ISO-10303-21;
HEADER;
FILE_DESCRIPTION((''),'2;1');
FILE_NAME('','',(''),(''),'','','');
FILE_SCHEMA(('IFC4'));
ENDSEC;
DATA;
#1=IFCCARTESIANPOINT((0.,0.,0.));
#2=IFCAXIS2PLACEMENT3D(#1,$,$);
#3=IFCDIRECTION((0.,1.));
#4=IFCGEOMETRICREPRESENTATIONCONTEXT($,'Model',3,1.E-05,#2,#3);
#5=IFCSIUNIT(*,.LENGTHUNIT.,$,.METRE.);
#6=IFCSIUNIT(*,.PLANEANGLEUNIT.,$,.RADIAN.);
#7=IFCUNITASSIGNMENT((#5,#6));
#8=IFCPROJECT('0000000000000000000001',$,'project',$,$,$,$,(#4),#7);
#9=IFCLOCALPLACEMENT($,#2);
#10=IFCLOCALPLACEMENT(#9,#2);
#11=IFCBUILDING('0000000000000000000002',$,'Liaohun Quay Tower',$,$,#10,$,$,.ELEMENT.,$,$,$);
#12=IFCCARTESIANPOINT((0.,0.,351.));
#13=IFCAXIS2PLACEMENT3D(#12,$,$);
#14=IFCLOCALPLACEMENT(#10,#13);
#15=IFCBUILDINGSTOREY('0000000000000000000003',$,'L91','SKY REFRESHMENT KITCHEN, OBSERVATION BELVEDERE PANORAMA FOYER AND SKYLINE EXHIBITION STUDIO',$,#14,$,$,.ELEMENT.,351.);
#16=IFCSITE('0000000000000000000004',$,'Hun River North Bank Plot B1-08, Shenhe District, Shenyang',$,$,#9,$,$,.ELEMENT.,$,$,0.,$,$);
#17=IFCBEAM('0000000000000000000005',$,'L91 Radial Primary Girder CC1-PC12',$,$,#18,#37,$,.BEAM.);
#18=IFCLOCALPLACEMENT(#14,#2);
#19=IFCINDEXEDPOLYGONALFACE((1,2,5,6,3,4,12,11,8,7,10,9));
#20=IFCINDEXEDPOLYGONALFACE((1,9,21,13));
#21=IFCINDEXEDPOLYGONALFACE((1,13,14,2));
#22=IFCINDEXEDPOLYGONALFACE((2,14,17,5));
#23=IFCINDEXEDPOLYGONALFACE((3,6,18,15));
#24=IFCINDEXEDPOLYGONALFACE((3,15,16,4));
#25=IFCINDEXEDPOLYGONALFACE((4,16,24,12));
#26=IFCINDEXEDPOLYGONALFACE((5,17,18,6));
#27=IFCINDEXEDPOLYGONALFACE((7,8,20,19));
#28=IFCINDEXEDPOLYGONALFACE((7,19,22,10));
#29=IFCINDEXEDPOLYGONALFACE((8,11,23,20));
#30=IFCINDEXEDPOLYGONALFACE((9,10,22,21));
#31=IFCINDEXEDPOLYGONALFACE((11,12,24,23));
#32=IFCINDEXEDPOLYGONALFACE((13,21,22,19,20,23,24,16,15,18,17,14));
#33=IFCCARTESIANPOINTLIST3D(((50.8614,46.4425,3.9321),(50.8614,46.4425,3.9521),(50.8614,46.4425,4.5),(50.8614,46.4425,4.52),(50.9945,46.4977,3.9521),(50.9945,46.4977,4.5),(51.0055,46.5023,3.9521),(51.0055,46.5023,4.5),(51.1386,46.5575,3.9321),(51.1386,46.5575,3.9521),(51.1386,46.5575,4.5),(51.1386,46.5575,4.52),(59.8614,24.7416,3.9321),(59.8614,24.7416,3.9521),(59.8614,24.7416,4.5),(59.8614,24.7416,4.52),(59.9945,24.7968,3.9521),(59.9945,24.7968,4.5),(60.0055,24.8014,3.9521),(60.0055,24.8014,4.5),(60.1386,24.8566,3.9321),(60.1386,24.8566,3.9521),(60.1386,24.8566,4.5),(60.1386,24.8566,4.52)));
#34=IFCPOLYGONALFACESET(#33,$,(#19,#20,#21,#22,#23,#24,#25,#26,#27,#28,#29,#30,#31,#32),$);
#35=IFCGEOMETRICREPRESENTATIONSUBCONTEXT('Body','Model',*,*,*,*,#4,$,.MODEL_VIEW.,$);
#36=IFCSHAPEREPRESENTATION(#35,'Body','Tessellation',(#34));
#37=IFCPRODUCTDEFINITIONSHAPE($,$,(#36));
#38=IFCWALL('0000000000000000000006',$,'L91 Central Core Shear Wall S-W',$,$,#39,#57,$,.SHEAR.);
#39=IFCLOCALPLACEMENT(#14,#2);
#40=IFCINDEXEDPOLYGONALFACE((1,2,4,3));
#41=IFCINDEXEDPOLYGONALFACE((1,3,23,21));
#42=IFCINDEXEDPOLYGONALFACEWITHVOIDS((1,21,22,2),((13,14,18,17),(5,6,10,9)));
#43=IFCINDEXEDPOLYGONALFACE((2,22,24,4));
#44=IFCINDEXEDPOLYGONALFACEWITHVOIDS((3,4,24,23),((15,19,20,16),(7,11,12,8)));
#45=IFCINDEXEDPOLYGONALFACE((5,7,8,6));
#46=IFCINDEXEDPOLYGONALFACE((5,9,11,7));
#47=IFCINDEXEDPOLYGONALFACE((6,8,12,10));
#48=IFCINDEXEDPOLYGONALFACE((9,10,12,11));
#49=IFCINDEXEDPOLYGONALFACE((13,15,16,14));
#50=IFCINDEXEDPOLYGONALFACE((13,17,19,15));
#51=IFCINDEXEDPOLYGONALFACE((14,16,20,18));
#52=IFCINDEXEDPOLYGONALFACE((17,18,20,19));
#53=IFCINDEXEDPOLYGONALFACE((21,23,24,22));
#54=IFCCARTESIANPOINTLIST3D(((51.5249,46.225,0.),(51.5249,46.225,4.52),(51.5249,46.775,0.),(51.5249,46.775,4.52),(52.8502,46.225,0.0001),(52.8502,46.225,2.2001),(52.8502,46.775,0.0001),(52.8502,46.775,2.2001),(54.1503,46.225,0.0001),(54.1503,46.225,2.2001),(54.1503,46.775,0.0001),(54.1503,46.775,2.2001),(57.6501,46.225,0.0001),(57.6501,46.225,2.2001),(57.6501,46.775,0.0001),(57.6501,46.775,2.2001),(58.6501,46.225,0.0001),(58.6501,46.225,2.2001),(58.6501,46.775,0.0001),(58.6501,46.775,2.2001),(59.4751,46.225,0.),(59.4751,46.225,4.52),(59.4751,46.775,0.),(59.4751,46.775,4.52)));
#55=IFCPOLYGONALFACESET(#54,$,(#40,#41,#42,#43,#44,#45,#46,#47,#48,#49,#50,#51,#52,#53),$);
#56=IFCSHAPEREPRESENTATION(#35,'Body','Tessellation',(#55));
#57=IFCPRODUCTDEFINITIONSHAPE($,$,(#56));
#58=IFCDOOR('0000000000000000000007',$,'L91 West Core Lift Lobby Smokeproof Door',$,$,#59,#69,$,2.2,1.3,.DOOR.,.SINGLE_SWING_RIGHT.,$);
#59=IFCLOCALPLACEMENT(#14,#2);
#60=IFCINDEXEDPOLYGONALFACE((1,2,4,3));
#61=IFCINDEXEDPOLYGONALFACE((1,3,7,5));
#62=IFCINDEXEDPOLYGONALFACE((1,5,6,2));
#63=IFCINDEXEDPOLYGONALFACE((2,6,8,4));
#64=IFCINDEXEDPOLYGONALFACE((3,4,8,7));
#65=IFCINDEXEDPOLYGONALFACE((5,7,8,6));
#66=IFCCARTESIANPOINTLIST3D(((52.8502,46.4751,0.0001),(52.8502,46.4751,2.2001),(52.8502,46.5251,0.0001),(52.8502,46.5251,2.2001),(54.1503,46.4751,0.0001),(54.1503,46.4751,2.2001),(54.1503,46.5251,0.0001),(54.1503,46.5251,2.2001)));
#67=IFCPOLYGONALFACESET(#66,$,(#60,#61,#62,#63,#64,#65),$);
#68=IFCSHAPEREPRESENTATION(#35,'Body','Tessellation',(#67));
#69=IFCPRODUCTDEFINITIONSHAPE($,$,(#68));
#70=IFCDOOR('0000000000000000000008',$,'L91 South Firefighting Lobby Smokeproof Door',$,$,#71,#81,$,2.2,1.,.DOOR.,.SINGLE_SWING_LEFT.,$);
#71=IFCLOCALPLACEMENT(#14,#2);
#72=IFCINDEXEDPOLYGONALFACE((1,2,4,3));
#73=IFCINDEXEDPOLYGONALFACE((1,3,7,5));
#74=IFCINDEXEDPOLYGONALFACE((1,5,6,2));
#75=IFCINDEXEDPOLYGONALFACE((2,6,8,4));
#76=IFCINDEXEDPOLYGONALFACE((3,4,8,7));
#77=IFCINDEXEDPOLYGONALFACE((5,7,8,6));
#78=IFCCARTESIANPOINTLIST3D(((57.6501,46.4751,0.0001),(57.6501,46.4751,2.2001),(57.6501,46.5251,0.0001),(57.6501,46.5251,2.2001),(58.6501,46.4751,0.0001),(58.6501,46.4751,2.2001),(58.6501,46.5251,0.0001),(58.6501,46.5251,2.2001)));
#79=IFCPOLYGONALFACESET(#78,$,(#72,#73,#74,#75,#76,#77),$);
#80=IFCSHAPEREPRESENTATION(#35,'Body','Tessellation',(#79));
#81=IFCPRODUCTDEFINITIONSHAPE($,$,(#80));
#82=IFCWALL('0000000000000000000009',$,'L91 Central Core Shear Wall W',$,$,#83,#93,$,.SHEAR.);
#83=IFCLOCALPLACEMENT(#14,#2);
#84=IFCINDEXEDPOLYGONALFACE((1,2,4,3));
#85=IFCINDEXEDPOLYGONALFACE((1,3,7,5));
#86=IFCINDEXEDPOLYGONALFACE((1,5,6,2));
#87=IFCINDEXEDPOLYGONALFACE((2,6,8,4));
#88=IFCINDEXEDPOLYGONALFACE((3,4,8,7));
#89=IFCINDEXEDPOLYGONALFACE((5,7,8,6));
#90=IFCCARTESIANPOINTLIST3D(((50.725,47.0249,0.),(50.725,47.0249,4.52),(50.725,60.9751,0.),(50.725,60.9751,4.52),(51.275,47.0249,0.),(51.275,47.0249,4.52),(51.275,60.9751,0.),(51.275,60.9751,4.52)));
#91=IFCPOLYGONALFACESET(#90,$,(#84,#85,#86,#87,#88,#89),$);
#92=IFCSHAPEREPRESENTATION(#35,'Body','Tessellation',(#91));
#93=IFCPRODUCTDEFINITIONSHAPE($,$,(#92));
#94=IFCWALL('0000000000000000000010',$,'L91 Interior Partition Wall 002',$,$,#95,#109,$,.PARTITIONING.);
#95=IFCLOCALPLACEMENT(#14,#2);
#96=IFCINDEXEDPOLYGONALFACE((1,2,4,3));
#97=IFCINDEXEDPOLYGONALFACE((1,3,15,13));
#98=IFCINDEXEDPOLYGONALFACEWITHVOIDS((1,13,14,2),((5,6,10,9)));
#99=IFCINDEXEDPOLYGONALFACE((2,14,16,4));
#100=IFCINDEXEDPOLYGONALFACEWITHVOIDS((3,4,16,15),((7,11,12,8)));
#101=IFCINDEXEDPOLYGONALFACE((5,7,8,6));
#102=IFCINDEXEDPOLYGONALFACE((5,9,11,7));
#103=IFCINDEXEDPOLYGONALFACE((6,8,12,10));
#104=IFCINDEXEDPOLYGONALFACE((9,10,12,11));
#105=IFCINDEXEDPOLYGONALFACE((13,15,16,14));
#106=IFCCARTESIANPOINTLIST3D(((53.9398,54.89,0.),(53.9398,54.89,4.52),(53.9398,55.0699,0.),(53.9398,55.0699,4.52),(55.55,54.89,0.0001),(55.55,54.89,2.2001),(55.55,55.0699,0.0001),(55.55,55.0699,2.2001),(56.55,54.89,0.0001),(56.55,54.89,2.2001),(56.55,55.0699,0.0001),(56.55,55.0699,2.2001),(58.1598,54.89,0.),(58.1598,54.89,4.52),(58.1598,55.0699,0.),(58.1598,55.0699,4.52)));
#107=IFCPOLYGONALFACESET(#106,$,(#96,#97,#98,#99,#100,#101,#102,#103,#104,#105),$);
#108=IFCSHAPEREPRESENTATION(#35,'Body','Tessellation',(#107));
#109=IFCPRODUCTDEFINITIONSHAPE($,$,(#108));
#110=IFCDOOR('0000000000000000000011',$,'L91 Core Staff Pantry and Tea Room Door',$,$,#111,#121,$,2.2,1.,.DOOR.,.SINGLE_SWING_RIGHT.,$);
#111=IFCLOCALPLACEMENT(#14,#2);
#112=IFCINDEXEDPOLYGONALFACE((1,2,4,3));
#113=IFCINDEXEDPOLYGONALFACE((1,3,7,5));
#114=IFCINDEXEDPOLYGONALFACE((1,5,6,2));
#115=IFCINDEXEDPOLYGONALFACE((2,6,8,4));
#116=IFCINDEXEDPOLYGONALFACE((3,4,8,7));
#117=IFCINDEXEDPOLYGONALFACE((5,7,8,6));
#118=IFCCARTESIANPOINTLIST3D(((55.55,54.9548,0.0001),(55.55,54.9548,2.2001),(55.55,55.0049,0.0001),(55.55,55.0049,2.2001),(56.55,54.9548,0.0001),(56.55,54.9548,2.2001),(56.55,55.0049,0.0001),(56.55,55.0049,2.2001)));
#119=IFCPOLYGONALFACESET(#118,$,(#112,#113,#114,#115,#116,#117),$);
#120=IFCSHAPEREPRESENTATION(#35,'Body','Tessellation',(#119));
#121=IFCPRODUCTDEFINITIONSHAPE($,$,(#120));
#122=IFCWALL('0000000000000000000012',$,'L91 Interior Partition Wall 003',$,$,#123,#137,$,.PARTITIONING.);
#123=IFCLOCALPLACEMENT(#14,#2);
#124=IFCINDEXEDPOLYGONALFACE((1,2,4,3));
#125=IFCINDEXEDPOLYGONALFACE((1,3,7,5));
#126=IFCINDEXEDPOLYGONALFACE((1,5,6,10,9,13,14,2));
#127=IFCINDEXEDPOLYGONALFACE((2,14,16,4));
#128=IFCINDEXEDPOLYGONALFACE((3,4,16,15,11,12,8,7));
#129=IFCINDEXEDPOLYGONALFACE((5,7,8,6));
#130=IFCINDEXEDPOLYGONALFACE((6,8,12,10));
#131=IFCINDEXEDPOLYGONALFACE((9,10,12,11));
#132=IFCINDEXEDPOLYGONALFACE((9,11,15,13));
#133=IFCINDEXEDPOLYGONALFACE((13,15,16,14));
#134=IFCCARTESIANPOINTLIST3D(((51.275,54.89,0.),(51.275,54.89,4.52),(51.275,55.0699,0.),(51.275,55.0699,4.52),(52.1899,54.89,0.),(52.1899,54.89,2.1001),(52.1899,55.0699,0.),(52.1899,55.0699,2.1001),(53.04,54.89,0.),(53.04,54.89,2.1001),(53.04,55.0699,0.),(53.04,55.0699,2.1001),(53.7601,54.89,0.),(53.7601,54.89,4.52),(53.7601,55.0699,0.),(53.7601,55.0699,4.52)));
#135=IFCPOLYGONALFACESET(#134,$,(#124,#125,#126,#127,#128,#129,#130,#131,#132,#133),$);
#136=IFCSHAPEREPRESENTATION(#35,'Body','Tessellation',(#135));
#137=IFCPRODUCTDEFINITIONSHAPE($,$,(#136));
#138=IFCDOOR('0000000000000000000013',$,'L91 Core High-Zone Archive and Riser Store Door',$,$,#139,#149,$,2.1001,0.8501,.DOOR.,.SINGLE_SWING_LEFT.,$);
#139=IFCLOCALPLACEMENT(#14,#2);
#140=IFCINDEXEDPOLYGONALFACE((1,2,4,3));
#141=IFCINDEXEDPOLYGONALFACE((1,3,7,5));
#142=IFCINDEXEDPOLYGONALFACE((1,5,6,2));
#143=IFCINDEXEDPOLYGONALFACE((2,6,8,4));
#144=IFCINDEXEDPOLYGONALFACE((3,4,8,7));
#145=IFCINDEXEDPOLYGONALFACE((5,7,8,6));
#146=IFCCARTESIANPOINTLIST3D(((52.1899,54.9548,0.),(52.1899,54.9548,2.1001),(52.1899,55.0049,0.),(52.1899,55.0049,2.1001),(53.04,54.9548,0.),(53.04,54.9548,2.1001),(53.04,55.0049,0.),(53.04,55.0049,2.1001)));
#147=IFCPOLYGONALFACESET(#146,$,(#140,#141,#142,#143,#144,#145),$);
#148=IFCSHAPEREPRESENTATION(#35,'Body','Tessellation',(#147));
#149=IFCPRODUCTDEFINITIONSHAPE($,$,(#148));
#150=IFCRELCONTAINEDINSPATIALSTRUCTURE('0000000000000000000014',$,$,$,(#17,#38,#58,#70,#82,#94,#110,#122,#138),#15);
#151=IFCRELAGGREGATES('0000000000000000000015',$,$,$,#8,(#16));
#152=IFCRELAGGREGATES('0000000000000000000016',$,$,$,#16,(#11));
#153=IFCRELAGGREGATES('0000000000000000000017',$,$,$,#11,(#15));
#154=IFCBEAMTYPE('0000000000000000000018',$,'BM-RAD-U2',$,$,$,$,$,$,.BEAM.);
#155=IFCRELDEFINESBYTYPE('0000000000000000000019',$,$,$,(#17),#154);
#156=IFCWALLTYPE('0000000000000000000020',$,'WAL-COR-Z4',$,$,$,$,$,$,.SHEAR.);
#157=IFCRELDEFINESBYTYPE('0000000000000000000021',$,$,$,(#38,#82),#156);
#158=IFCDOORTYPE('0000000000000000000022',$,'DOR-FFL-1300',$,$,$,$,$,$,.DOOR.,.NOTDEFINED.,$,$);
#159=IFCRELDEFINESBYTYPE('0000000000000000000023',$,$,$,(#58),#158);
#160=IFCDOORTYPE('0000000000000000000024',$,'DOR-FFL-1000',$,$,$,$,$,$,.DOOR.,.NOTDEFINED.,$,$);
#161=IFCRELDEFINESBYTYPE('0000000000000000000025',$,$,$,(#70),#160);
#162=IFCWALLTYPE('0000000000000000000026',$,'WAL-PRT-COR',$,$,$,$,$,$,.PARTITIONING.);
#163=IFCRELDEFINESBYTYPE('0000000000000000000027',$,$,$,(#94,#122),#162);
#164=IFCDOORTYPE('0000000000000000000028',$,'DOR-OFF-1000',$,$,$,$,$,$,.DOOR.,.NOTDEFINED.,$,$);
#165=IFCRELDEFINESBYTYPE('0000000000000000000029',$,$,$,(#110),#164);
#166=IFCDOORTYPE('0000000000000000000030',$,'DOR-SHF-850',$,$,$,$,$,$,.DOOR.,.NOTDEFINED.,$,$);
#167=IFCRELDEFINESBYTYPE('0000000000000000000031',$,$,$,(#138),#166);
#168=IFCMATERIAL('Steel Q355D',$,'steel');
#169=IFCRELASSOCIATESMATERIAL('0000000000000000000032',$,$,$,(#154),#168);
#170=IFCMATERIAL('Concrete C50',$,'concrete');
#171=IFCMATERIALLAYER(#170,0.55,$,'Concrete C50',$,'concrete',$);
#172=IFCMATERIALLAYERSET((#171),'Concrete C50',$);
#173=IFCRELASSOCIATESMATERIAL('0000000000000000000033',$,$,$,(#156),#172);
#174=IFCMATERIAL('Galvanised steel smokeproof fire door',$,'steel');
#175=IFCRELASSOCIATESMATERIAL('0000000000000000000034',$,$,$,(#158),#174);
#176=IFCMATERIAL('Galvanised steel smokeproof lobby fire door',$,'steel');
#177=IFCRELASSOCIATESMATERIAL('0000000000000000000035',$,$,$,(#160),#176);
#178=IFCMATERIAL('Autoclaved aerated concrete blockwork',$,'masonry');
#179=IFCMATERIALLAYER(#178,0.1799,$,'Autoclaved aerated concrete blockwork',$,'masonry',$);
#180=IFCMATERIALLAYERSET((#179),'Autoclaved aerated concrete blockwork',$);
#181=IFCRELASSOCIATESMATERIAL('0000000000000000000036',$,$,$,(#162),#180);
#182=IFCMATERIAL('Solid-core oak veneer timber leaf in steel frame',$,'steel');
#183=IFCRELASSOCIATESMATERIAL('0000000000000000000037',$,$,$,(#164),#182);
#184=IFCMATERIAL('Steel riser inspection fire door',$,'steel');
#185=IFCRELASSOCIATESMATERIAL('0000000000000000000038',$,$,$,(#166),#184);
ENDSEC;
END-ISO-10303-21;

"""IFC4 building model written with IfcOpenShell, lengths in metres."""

from ifc_helpers import new_model, si_unit, direction, frame, frame_2d, origin, origin_2d, place, context, subcontext, project, spatial, rectangle, i_section, extrude, source, transform, mapped, material, layer, layer_set, material_profile, profile_set, type_object, element, fill, save


model = new_model("IFC4")

# Units and contexts
model_context = context("Model", 3, precision=1e-05, world=origin(), true_north=direction((0.0, 1.0)))
body_context = subcontext(model_context, "Body", "Model", "MODEL_VIEW")
ifc_project = project(units=[si_unit("LENGTHUNIT", "METRE"), si_unit("PLANEANGLEUNIT", "RADIAN")], contexts=[model_context])

# Site, building, storey
site_placement = place(None, origin())
site = spatial("IfcSite", under=ifc_project, at=site_placement, Name="Hun River North Bank Plot B1-08, Shenhe District, Shenyang", CompositionType="ELEMENT", RefElevation=0.0)
building_placement = place(site_placement, origin())
building = spatial("IfcBuilding", under=site, at=building_placement, Name="Liaohun Quay Tower", CompositionType="ELEMENT")
storey_placement = place(building_placement, frame((0.0, 0.0, 351.0)))
storey = spatial("IfcBuildingStorey", under=building, at=storey_placement, Name="L91", Description="SKY REFRESHMENT KITCHEN, OBSERVATION BELVEDERE PANORAMA FOYER AND SKYLINE EXHIBITION STUDIO", CompositionType="ELEMENT", Elevation=351.0)

# Beam
ifc_material_1 = material(Name="Steel Q355D", Category="steel")
ifc_material_profile = material_profile(ifc_material_1, i_section(OverallWidth=0.3, OverallDepth=0.5879, WebThickness=0.012, FlangeThickness=0.02, at=origin_2d()), Name="HM588x300x12x20")
ifc_profile_set = profile_set([ifc_material_profile], Name="Steel Q355D")
beam_type = type_object("IfcBeamType", Name="BM-RAD-U2", PredefinedType="BEAM", material=ifc_profile_set)
shared_shape_1 = source(origin(), body_context, "Body", "SweptSolid", [
    extrude(i_section(OverallWidth=0.3, OverallDepth=0.5879, WebThickness=0.012, FlangeThickness=0.02, at=origin_2d()), origin(), (0.0, 0.0, 1.0), 23.4932),
])
beam_placement = place(storey_placement, frame((51.0, 46.5, 4.2261), z_axis=(0.38309, -0.923711, 0.0), x_axis=(0.923711, 0.38309, 0.0)))
element("IfcBeam", 1, at=beam_placement, inside=storey, type_object=beam_type, Name="L91 Radial Primary Girder CC1-PC12", PredefinedType="BEAM", context=body_context, shape_type="MappedRepresentation", body=[
    mapped(shared_shape_1, transform((0.0, 0.0, 0.0), x_axis=(1.0, 0.0, 0.0), y_axis=(0.0, 1.0, 0.0), z_axis=(0.0, 0.0, 1.0), scale=1.0)),
])

# Wall, openings, doors
ifc_material_2 = material(Name="Concrete C50", Category="concrete")
ifc_layer_1 = layer(ifc_material_2, 0.55, Name="Concrete C50", Category="concrete")
ifc_layer_set_1 = layer_set([ifc_layer_1], Name="Concrete C50")
wall_type_1 = type_object("IfcWallType", Name="WAL-COR-Z4", PredefinedType="SHEAR", material=ifc_layer_set_1)
wall_1_placement = place(storey_placement, frame((59.4751, 46.5, 0.0), z_axis=(0.0, 0.0, 1.0), x_axis=(-1.0, 0.0, 0.0)))
wall_1 = element("IfcWall", 2, at=wall_1_placement, inside=storey, type_object=wall_type_1, Name="L91 Central Core Shear Wall S-W", PredefinedType="SHEAR", context=body_context, shape_type="SweptSolid", body=[
    extrude(rectangle(XDim=7.9502, YDim=0.55, at=frame_2d((3.9751, 0.0))), origin(), (0.0, 0.0, 1.0), 4.52),
])
shared_shape_2 = source(origin(), body_context, "Body", "SweptSolid", [
    extrude(rectangle(XDim=1.3, YDim=2.2, at=frame_2d((0.6499, 1.1001))), frame((0.0, 0.2849, 0.0), z_axis=(0.0, -1.0, 0.0), x_axis=(1.0, 0.0, 0.0)), (0.0, 0.0, 1.0), 0.5701),
])
opening_1_placement = place(wall_1_placement, frame((5.325, 0.0, 0.0)))
opening_1 = element("IfcOpeningElement", 3, at=opening_1_placement, cuts=wall_1, PredefinedType="OPENING", context=body_context, shape_type="MappedRepresentation", body=[
    mapped(shared_shape_2, transform((0.0, 0.0, 0.0), x_axis=(1.0, 0.0, 0.0), y_axis=(0.0, 1.0, 0.0), z_axis=(0.0, 0.0, 1.0), scale=1.0)),
])
shared_shape_3 = source(origin(), body_context, "Body", "SweptSolid", [
    extrude(rectangle(XDim=1.0, YDim=2.2, at=frame_2d((0.5, 1.1001))), frame((0.0, 0.2849, 0.0), z_axis=(0.0, -1.0, 0.0), x_axis=(1.0, 0.0, 0.0)), (0.0, 0.0, 1.0), 0.5701),
])
opening_2_placement = place(wall_1_placement, frame((0.825, 0.0, 0.0)))
opening_2 = element("IfcOpeningElement", 4, at=opening_2_placement, cuts=wall_1, PredefinedType="OPENING", context=body_context, shape_type="MappedRepresentation", body=[
    mapped(shared_shape_3, transform((0.0, 0.0, 0.0), x_axis=(1.0, 0.0, 0.0), y_axis=(0.0, 1.0, 0.0), z_axis=(0.0, 0.0, 1.0), scale=1.0)),
])
ifc_material_3 = material(Name="Galvanised steel smokeproof fire door", Category="steel")
door_type_1 = type_object("IfcDoorType", Name="DOR-FFL-1300", OperationType="NOTDEFINED", PredefinedType="DOOR", material=ifc_material_3)
shared_shape_4 = source(origin(), body_context, "Body", "SweptSolid", [
    extrude(rectangle(XDim=1.3, YDim=2.2, at=frame_2d((0.6499, 1.1001))), frame((0.0, 0.0249, 0.0), z_axis=(0.0, -1.0, 0.0), x_axis=(1.0, 0.0, 0.0)), (0.0, 0.0, 1.0), 0.05),
])
door_1_placement = place(opening_1_placement, origin())
door_1 = element("IfcDoor", 5, at=door_1_placement, inside=storey, type_object=door_type_1, Name="L91 West Core Lift Lobby Smokeproof Door", OperationType="SINGLE_SWING_RIGHT", OverallHeight=2.2, OverallWidth=1.3, PredefinedType="DOOR", context=body_context, shape_type="MappedRepresentation", body=[
    mapped(shared_shape_4, transform((0.0, 0.0, 0.0), x_axis=(1.0, 0.0, 0.0), y_axis=(0.0, 1.0, 0.0), z_axis=(0.0, 0.0, 1.0), scale=1.0)),
])
fill(opening_1, door_1)
ifc_material_4 = material(Name="Galvanised steel smokeproof lobby fire door", Category="steel")
door_type_2 = type_object("IfcDoorType", Name="DOR-FFL-1000", OperationType="NOTDEFINED", PredefinedType="DOOR", material=ifc_material_4)
shared_shape_5 = source(origin(), body_context, "Body", "SweptSolid", [
    extrude(rectangle(XDim=1.0, YDim=2.2, at=frame_2d((0.5, 1.1001))), frame((0.0, 0.0249, 0.0), z_axis=(0.0, -1.0, 0.0), x_axis=(1.0, 0.0, 0.0)), (0.0, 0.0, 1.0), 0.05),
])
door_2_placement = place(opening_2_placement, origin())
door_2 = element("IfcDoor", 6, at=door_2_placement, inside=storey, type_object=door_type_2, Name="L91 South Firefighting Lobby Smokeproof Door", OperationType="SINGLE_SWING_LEFT", OverallHeight=2.2, OverallWidth=1.0, PredefinedType="DOOR", context=body_context, shape_type="MappedRepresentation", body=[
    mapped(shared_shape_5, transform((0.0, 0.0, 0.0), x_axis=(1.0, 0.0, 0.0), y_axis=(0.0, 1.0, 0.0), z_axis=(0.0, 0.0, 1.0), scale=1.0)),
])
fill(opening_2, door_2)

# Wall
wall_2_placement = place(storey_placement, frame((51.0, 47.0249, 0.0), z_axis=(0.0, 0.0, 1.0), x_axis=(0.0, 1.0, 0.0)))
element("IfcWall", 7, at=wall_2_placement, inside=storey, type_object=wall_type_1, Name="L91 Central Core Shear Wall W", PredefinedType="SHEAR", context=body_context, shape_type="SweptSolid", body=[
    extrude(rectangle(XDim=13.9502, YDim=0.55, at=frame_2d((6.9751, 0.0))), origin(), (0.0, 0.0, 1.0), 4.52),
])

# Walls, openings, doors
ifc_material_5 = material(Name="Autoclaved aerated concrete blockwork", Category="masonry")
ifc_layer_2 = layer(ifc_material_5, 0.1799, Name="Autoclaved aerated concrete blockwork", Category="masonry")
ifc_layer_set_2 = layer_set([ifc_layer_2], Name="Autoclaved aerated concrete blockwork")
wall_type_2 = type_object("IfcWallType", Name="WAL-PRT-COR", PredefinedType="PARTITIONING", material=ifc_layer_set_2)
wall_3_placement = place(storey_placement, frame((53.9399, 54.98, 0.0), z_axis=(0.0, 0.0, 1.0), x_axis=(1.0, 0.0, 0.0)))
wall_3 = element("IfcWall", 8, at=wall_3_placement, inside=storey, type_object=wall_type_2, Name="L91 Interior Partition Wall 002", PredefinedType="PARTITIONING", context=body_context, shape_type="SweptSolid", body=[
    extrude(rectangle(XDim=4.22, YDim=0.1799, at=frame_2d((2.1099, 0.0))), origin(), (0.0, 0.0, 1.0), 4.52),
])
shared_shape_6 = source(origin(), body_context, "Body", "SweptSolid", [
    extrude(rectangle(XDim=1.0, YDim=2.2, at=frame_2d((0.5, 1.1001))), frame((0.0, 0.0999, 0.0), z_axis=(0.0, -1.0, 0.0), x_axis=(1.0, 0.0, 0.0)), (0.0, 0.0, 1.0), 0.2),
])
opening_3_placement = place(wall_3_placement, frame((1.6101, 0.0, 0.0)))
opening_3 = element("IfcOpeningElement", 9, at=opening_3_placement, cuts=wall_3, PredefinedType="OPENING", context=body_context, shape_type="MappedRepresentation", body=[
    mapped(shared_shape_6, transform((0.0, 0.0, 0.0), x_axis=(1.0, 0.0, 0.0), y_axis=(0.0, 1.0, 0.0), z_axis=(0.0, 0.0, 1.0), scale=1.0)),
])
ifc_material_6 = material(Name="Solid-core oak veneer timber leaf in steel frame", Category="steel")
door_type_3 = type_object("IfcDoorType", Name="DOR-OFF-1000", OperationType="NOTDEFINED", PredefinedType="DOOR", material=ifc_material_6)
door_3_placement = place(opening_3_placement, origin())
door_3 = element("IfcDoor", 10, at=door_3_placement, inside=storey, type_object=door_type_3, Name="L91 Core Staff Pantry and Tea Room Door", OperationType="SINGLE_SWING_RIGHT", OverallHeight=2.2, OverallWidth=1.0, PredefinedType="DOOR", context=body_context, shape_type="MappedRepresentation", body=[
    mapped(shared_shape_5, transform((0.0, 0.0, 0.0), x_axis=(1.0, 0.0, 0.0), y_axis=(0.0, 1.0, 0.0), z_axis=(0.0, 0.0, 1.0), scale=1.0)),
])
fill(opening_3, door_3)
wall_4_placement = place(storey_placement, frame((51.2749, 54.98, 0.0), z_axis=(0.0, 0.0, 1.0), x_axis=(1.0, 0.0, 0.0)))
wall_4 = element("IfcWall", 11, at=wall_4_placement, inside=storey, type_object=wall_type_2, Name="L91 Interior Partition Wall 003", PredefinedType="PARTITIONING", context=body_context, shape_type="SweptSolid", body=[
    extrude(rectangle(XDim=2.4851, YDim=0.1799, at=frame_2d((1.2427, 0.0))), origin(), (0.0, 0.0, 1.0), 4.52),
])
shared_shape_7 = source(origin(), body_context, "Body", "SweptSolid", [
    extrude(rectangle(XDim=0.8501, YDim=2.1001, at=frame_2d((0.425, 1.05))), frame((0.0, 0.0999, 0.0), z_axis=(0.0, -1.0, 0.0), x_axis=(1.0, 0.0, 0.0)), (0.0, 0.0, 1.0), 0.2),
])
opening_4_placement = place(wall_4_placement, frame((0.915, 0.0, 0.0)))
opening_4 = element("IfcOpeningElement", 12, at=opening_4_placement, cuts=wall_4, PredefinedType="OPENING", context=body_context, shape_type="MappedRepresentation", body=[
    mapped(shared_shape_7, transform((0.0, 0.0, 0.0), x_axis=(1.0, 0.0, 0.0), y_axis=(0.0, 1.0, 0.0), z_axis=(0.0, 0.0, 1.0), scale=1.0)),
])
ifc_material_7 = material(Name="Steel riser inspection fire door", Category="steel")
door_type_4 = type_object("IfcDoorType", Name="DOR-SHF-850", OperationType="NOTDEFINED", PredefinedType="DOOR", material=ifc_material_7)
shared_shape_8 = source(origin(), body_context, "Body", "SweptSolid", [
    extrude(rectangle(XDim=0.8501, YDim=2.1001, at=frame_2d((0.425, 1.05))), frame((0.0, 0.0249, 0.0), z_axis=(0.0, -1.0, 0.0), x_axis=(1.0, 0.0, 0.0)), (0.0, 0.0, 1.0), 0.05),
])
door_4_placement = place(opening_4_placement, origin())
door_4 = element("IfcDoor", 13, at=door_4_placement, inside=storey, type_object=door_type_4, Name="L91 Core High-Zone Archive and Riser Store Door", OperationType="SINGLE_SWING_LEFT", OverallHeight=2.1001, OverallWidth=0.8501, PredefinedType="DOOR", context=body_context, shape_type="MappedRepresentation", body=[
    mapped(shared_shape_8, transform((0.0, 0.0, 0.0), x_axis=(1.0, 0.0, 0.0), y_axis=(0.0, 1.0, 0.0), z_axis=(0.0, 0.0, 1.0), scale=1.0)),
])
fill(opening_4, door_4)

save(model, "model.ifc")
